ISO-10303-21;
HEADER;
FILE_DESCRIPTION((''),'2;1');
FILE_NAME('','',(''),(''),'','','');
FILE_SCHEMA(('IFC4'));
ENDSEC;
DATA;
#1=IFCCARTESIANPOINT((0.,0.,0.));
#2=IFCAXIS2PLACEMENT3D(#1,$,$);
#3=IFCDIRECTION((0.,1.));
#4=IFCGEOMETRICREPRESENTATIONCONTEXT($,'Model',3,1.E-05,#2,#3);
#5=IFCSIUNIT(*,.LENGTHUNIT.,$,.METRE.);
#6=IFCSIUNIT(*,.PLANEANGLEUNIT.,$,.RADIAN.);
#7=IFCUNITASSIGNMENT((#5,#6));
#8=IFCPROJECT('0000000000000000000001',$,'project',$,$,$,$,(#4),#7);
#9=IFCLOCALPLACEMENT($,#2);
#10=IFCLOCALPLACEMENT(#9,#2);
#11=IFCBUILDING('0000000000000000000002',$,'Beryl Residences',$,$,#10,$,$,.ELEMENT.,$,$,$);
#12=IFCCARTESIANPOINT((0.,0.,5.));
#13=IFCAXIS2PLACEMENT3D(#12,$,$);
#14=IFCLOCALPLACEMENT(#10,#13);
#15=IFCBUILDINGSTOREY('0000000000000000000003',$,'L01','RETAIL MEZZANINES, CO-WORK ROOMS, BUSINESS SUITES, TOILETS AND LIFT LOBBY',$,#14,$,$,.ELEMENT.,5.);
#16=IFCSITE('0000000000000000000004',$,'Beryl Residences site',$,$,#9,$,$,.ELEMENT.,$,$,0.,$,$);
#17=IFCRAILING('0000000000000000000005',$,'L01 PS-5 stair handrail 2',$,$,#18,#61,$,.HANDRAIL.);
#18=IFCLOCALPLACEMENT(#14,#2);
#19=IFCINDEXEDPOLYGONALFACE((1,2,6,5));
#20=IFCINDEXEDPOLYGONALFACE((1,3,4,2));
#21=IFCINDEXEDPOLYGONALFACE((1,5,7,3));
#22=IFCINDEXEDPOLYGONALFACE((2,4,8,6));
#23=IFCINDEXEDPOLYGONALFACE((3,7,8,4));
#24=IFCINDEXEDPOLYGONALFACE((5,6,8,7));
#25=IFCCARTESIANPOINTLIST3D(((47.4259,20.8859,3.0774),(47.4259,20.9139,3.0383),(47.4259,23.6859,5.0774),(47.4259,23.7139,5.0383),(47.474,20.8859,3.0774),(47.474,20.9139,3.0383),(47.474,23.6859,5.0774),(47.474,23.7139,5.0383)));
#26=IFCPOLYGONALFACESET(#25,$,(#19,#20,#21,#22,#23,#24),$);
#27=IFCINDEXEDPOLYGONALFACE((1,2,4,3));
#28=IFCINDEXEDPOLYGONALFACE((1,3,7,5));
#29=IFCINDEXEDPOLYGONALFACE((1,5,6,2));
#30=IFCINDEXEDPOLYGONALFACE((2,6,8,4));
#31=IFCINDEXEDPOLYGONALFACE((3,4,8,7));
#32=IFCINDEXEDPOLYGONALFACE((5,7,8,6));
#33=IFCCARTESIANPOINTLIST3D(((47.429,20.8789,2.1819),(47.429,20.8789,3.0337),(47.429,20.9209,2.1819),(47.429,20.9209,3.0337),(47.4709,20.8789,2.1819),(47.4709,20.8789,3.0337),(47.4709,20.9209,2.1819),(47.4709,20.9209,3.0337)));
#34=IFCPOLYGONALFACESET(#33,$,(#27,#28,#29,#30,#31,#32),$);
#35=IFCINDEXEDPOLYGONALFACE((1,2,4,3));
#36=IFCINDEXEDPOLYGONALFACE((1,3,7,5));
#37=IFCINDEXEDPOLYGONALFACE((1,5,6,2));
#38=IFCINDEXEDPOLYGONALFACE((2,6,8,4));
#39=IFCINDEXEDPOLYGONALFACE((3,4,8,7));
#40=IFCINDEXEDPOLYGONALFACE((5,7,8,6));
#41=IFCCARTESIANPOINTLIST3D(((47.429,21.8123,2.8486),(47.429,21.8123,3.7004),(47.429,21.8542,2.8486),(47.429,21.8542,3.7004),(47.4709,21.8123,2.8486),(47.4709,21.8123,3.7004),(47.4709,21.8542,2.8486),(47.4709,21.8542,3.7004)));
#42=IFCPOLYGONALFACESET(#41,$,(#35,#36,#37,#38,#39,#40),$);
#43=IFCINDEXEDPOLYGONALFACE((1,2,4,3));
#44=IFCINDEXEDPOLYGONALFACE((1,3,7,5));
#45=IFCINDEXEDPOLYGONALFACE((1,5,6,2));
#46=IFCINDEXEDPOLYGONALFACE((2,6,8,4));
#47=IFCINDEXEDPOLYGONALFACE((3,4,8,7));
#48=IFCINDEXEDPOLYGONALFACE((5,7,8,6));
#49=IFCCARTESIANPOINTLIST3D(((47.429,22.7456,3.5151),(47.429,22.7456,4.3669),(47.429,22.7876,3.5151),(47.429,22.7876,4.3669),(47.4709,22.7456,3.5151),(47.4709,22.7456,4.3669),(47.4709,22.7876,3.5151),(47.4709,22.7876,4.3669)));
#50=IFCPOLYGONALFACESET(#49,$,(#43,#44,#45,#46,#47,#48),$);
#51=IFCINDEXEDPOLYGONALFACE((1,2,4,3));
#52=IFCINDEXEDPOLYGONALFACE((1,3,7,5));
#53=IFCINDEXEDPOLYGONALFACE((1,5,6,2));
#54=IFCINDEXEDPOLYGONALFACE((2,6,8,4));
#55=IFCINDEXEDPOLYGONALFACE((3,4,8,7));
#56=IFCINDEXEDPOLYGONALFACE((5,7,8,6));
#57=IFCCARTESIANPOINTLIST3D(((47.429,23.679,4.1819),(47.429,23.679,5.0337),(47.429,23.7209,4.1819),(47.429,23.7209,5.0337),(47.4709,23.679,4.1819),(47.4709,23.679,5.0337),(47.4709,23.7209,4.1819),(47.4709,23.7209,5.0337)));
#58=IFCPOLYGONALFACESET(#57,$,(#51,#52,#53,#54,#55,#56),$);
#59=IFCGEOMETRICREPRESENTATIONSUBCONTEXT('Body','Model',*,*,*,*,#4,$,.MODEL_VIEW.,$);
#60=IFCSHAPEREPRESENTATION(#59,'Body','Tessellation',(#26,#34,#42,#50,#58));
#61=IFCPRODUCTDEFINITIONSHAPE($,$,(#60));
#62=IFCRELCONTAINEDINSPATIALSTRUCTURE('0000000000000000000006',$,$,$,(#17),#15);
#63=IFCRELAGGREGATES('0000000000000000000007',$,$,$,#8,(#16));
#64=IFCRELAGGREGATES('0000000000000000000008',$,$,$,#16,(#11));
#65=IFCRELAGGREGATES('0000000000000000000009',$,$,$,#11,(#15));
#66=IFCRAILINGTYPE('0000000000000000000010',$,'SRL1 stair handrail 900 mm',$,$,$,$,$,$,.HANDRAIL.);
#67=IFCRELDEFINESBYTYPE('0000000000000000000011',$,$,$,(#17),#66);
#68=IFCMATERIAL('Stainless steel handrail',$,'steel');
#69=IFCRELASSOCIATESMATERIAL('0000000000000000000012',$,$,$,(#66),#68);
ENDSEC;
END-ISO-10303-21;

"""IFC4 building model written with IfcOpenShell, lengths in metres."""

from ifc_helpers import new_model, si_unit, direction, frame, origin, origin_2d, place, context, subcontext, project, spatial, rectangle, extrude, material, type_object, element, save


model = new_model("IFC4")

# Units and contexts
model_context = context("Model", 3, precision=1e-05, world=origin(), true_north=direction((0.0, 1.0)))
body_context = subcontext(model_context, "Body", "Model", "MODEL_VIEW")
ifc_project = project(units=[si_unit("LENGTHUNIT", "METRE"), si_unit("PLANEANGLEUNIT", "RADIAN")], contexts=[model_context])

# Site, building, storey
site_placement = place(None, origin())
site = spatial("IfcSite", under=ifc_project, at=site_placement, Name="Beryl Residences site", CompositionType="ELEMENT", RefElevation=0.0)
building_placement = place(site_placement, origin())
building = spatial("IfcBuilding", under=site, at=building_placement, Name="Beryl Residences", CompositionType="ELEMENT")
storey_placement = place(building_placement, frame((0.0, 0.0, 5.0)))
storey = spatial("IfcBuildingStorey", under=building, at=storey_placement, Name="L01", Description="RETAIL MEZZANINES, CO-WORK ROOMS, BUSINESS SUITES, TOILETS AND LIFT LOBBY", CompositionType="ELEMENT", Elevation=5.0)

# Railing
ifc_material_1 = material(Name="Stainless steel handrail", Category="steel")
railing_type_1 = type_object("IfcRailingType", Name="SRL1 stair handrail 900 mm", PredefinedType="HANDRAIL", material=ifc_material_1)
railing_1_placement = place(storey_placement, frame((47.45, 20.8999, 2.1819)))
element("IfcRailing", 1, at=railing_1_placement, inside=storey, type_object=railing_type_1, Name="L01 PS-5 stair handrail 2", PredefinedType="HANDRAIL", context=body_context, shape_type="SweptSolid", body=[
    extrude(rectangle(XDim=0.0481, YDim=0.0481, at=origin_2d()), frame((0.0, 0.0, 0.876), z_axis=(0.0, 0.813738, 0.581231), x_axis=(-1.0, 0.0, 0.0)), (0.0, 0.0, 1.0), 3.4409),
    extrude(rectangle(XDim=0.042, YDim=0.042, at=origin_2d()), origin(), (0.0, 0.0, 1.0), 0.8518),
    extrude(rectangle(XDim=0.042, YDim=0.042, at=origin_2d()), frame((0.0, 0.9333, 0.6667)), (0.0, 0.0, 1.0), 0.8518),
    extrude(rectangle(XDim=0.042, YDim=0.042, at=origin_2d()), frame((0.0, 1.8667, 1.3333)), (0.0, 0.0, 1.0), 0.8518),
    extrude(rectangle(XDim=0.042, YDim=0.042, at=origin_2d()), frame((0.0, 2.8, 2.0)), (0.0, 0.0, 1.0), 0.8518),
])

save(model, "model.ifc")
